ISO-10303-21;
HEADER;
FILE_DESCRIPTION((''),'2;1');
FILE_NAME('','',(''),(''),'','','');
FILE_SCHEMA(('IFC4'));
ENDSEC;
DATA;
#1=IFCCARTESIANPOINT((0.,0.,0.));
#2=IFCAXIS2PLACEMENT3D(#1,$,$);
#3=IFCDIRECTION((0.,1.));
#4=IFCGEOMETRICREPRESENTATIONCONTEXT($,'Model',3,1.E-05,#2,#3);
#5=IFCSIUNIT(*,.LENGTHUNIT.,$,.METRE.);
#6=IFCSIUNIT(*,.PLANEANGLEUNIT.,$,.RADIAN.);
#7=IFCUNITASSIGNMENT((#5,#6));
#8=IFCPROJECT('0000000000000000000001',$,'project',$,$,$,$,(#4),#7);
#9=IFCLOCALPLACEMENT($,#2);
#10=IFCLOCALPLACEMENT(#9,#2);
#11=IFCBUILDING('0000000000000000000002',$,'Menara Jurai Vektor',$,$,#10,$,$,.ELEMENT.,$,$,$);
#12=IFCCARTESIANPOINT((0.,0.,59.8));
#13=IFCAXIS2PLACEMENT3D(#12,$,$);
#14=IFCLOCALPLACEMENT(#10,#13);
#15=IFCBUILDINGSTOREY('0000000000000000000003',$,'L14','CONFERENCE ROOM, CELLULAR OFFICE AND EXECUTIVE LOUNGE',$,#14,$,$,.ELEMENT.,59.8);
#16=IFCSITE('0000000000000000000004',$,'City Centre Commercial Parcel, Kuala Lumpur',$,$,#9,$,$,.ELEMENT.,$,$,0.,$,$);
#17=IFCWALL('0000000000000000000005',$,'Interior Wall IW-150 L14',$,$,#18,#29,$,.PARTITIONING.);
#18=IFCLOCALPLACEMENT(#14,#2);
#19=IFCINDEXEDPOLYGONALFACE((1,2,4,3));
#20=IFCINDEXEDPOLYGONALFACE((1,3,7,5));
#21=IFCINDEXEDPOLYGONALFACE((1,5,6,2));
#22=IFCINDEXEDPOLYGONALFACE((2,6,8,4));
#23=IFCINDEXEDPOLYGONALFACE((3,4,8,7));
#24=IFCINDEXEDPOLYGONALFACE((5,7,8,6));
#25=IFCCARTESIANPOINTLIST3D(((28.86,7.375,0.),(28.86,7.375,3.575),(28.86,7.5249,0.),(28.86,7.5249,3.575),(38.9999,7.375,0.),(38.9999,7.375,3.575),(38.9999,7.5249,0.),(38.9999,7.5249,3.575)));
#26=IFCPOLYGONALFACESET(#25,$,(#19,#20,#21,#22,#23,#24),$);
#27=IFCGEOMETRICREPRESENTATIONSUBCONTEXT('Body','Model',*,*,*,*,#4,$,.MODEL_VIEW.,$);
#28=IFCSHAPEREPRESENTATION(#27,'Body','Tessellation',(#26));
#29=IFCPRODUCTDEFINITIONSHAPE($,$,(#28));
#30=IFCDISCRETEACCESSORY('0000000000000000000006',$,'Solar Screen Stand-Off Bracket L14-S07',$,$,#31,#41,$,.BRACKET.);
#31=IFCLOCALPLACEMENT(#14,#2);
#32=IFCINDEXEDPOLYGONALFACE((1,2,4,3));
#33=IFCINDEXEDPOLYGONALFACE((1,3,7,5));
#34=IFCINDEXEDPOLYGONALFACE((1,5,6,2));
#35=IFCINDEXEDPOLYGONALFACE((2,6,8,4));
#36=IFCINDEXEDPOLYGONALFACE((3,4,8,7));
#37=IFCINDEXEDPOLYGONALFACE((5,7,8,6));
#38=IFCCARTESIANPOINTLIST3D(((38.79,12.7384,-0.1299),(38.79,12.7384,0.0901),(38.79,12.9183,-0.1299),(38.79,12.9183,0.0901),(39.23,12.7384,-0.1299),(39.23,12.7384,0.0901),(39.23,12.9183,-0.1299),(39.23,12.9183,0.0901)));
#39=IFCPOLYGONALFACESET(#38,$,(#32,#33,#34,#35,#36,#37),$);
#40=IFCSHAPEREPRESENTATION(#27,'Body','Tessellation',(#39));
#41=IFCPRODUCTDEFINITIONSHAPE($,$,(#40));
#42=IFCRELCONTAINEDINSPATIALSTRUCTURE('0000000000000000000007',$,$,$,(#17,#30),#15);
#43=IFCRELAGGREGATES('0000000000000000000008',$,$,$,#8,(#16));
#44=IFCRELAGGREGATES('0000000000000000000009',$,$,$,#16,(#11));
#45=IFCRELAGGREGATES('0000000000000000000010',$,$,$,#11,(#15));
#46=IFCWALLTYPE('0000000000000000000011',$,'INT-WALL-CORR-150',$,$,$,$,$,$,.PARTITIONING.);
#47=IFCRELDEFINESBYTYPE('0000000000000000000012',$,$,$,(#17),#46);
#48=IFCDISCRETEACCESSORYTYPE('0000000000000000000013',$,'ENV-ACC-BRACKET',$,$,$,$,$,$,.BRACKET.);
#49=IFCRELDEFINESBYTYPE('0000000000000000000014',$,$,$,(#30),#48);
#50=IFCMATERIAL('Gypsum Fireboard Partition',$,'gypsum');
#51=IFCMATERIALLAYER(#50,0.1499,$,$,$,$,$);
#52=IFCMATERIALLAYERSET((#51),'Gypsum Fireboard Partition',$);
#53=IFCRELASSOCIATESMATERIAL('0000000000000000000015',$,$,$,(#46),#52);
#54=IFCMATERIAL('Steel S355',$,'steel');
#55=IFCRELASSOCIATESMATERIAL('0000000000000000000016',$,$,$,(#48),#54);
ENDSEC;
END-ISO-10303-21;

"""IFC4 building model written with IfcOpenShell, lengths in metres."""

from ifc_helpers import new_model, si_unit, direction, frame, frame_2d, origin, origin_2d, place, context, subcontext, project, spatial, rectangle, extrude, material, layer, layer_set, type_object, element, save


model = new_model("IFC4")

# Units and contexts
model_context = context("Model", 3, precision=1e-05, world=origin(), true_north=direction((0.0, 1.0)))
body_context = subcontext(model_context, "Body", "Model", "MODEL_VIEW")
ifc_project = project(units=[si_unit("LENGTHUNIT", "METRE"), si_unit("PLANEANGLEUNIT", "RADIAN")], contexts=[model_context])

# Site, building, storey
site_placement = place(None, origin())
site = spatial("IfcSite", under=ifc_project, at=site_placement, Name="City Centre Commercial Parcel, Kuala Lumpur", CompositionType="ELEMENT", RefElevation=0.0)
building_placement = place(site_placement, origin())
building = spatial("IfcBuilding", under=site, at=building_placement, Name="Menara Jurai Vektor", CompositionType="ELEMENT")
storey_placement = place(building_placement, frame((0.0, 0.0, 59.8)))
storey = spatial("IfcBuildingStorey", under=building, at=storey_placement, Name="L14", Description="CONFERENCE ROOM, CELLULAR OFFICE AND EXECUTIVE LOUNGE", CompositionType="ELEMENT", Elevation=59.8)

# Shared definitions
ifc_material_1 = material(Name="Steel S355", Category="steel")

# Shared definitions
ifc_material_2 = material(Name="Gypsum Fireboard Partition", Category="gypsum")
ifc_layer_1 = layer(ifc_material_2, 0.1499)
ifc_layer_set_1 = layer_set([ifc_layer_1], Name="Gypsum Fireboard Partition")
wall_type = type_object("IfcWallType", Name="INT-WALL-CORR-150", PredefinedType="PARTITIONING", material=ifc_layer_set_1)

# Wall
wall_1_placement = place(storey_placement, frame((28.8601, 7.45, 0.0), z_axis=(0.0, 0.0, 1.0), x_axis=(1.0, 0.0, 0.0)))
element("IfcWall", 1, at=wall_1_placement, inside=storey, type_object=wall_type, Name="Interior Wall IW-150 L14", PredefinedType="PARTITIONING", context=body_context, shape_type="SweptSolid", body=[
    extrude(rectangle(XDim=10.1399, YDim=0.1499, at=frame_2d((5.0698, 0.0))), origin(), (0.0, 0.0, 1.0), 3.575),
])

# Discrete accessory
discrete_accessory_type = type_object("IfcDiscreteAccessoryType", Name="ENV-ACC-BRACKET", PredefinedType="BRACKET", material=ifc_material_1)
discrete_accessory_placement = place(storey_placement, frame((39.01, 12.8284, -0.1299), z_axis=(0.0, 0.0, 1.0), x_axis=(0.0, 1.0, 0.0)))
element("IfcDiscreteAccessory", 2, at=discrete_accessory_placement, inside=storey, type_object=discrete_accessory_type, Name="Solar Screen Stand-Off Bracket L14-S07", PredefinedType="BRACKET", context=body_context, shape_type="SweptSolid", body=[
    extrude(rectangle(XDim=0.1799, YDim=0.4399, at=origin_2d()), origin(), (0.0, 0.0, 1.0), 0.22),
])

save(model, "model.ifc")
